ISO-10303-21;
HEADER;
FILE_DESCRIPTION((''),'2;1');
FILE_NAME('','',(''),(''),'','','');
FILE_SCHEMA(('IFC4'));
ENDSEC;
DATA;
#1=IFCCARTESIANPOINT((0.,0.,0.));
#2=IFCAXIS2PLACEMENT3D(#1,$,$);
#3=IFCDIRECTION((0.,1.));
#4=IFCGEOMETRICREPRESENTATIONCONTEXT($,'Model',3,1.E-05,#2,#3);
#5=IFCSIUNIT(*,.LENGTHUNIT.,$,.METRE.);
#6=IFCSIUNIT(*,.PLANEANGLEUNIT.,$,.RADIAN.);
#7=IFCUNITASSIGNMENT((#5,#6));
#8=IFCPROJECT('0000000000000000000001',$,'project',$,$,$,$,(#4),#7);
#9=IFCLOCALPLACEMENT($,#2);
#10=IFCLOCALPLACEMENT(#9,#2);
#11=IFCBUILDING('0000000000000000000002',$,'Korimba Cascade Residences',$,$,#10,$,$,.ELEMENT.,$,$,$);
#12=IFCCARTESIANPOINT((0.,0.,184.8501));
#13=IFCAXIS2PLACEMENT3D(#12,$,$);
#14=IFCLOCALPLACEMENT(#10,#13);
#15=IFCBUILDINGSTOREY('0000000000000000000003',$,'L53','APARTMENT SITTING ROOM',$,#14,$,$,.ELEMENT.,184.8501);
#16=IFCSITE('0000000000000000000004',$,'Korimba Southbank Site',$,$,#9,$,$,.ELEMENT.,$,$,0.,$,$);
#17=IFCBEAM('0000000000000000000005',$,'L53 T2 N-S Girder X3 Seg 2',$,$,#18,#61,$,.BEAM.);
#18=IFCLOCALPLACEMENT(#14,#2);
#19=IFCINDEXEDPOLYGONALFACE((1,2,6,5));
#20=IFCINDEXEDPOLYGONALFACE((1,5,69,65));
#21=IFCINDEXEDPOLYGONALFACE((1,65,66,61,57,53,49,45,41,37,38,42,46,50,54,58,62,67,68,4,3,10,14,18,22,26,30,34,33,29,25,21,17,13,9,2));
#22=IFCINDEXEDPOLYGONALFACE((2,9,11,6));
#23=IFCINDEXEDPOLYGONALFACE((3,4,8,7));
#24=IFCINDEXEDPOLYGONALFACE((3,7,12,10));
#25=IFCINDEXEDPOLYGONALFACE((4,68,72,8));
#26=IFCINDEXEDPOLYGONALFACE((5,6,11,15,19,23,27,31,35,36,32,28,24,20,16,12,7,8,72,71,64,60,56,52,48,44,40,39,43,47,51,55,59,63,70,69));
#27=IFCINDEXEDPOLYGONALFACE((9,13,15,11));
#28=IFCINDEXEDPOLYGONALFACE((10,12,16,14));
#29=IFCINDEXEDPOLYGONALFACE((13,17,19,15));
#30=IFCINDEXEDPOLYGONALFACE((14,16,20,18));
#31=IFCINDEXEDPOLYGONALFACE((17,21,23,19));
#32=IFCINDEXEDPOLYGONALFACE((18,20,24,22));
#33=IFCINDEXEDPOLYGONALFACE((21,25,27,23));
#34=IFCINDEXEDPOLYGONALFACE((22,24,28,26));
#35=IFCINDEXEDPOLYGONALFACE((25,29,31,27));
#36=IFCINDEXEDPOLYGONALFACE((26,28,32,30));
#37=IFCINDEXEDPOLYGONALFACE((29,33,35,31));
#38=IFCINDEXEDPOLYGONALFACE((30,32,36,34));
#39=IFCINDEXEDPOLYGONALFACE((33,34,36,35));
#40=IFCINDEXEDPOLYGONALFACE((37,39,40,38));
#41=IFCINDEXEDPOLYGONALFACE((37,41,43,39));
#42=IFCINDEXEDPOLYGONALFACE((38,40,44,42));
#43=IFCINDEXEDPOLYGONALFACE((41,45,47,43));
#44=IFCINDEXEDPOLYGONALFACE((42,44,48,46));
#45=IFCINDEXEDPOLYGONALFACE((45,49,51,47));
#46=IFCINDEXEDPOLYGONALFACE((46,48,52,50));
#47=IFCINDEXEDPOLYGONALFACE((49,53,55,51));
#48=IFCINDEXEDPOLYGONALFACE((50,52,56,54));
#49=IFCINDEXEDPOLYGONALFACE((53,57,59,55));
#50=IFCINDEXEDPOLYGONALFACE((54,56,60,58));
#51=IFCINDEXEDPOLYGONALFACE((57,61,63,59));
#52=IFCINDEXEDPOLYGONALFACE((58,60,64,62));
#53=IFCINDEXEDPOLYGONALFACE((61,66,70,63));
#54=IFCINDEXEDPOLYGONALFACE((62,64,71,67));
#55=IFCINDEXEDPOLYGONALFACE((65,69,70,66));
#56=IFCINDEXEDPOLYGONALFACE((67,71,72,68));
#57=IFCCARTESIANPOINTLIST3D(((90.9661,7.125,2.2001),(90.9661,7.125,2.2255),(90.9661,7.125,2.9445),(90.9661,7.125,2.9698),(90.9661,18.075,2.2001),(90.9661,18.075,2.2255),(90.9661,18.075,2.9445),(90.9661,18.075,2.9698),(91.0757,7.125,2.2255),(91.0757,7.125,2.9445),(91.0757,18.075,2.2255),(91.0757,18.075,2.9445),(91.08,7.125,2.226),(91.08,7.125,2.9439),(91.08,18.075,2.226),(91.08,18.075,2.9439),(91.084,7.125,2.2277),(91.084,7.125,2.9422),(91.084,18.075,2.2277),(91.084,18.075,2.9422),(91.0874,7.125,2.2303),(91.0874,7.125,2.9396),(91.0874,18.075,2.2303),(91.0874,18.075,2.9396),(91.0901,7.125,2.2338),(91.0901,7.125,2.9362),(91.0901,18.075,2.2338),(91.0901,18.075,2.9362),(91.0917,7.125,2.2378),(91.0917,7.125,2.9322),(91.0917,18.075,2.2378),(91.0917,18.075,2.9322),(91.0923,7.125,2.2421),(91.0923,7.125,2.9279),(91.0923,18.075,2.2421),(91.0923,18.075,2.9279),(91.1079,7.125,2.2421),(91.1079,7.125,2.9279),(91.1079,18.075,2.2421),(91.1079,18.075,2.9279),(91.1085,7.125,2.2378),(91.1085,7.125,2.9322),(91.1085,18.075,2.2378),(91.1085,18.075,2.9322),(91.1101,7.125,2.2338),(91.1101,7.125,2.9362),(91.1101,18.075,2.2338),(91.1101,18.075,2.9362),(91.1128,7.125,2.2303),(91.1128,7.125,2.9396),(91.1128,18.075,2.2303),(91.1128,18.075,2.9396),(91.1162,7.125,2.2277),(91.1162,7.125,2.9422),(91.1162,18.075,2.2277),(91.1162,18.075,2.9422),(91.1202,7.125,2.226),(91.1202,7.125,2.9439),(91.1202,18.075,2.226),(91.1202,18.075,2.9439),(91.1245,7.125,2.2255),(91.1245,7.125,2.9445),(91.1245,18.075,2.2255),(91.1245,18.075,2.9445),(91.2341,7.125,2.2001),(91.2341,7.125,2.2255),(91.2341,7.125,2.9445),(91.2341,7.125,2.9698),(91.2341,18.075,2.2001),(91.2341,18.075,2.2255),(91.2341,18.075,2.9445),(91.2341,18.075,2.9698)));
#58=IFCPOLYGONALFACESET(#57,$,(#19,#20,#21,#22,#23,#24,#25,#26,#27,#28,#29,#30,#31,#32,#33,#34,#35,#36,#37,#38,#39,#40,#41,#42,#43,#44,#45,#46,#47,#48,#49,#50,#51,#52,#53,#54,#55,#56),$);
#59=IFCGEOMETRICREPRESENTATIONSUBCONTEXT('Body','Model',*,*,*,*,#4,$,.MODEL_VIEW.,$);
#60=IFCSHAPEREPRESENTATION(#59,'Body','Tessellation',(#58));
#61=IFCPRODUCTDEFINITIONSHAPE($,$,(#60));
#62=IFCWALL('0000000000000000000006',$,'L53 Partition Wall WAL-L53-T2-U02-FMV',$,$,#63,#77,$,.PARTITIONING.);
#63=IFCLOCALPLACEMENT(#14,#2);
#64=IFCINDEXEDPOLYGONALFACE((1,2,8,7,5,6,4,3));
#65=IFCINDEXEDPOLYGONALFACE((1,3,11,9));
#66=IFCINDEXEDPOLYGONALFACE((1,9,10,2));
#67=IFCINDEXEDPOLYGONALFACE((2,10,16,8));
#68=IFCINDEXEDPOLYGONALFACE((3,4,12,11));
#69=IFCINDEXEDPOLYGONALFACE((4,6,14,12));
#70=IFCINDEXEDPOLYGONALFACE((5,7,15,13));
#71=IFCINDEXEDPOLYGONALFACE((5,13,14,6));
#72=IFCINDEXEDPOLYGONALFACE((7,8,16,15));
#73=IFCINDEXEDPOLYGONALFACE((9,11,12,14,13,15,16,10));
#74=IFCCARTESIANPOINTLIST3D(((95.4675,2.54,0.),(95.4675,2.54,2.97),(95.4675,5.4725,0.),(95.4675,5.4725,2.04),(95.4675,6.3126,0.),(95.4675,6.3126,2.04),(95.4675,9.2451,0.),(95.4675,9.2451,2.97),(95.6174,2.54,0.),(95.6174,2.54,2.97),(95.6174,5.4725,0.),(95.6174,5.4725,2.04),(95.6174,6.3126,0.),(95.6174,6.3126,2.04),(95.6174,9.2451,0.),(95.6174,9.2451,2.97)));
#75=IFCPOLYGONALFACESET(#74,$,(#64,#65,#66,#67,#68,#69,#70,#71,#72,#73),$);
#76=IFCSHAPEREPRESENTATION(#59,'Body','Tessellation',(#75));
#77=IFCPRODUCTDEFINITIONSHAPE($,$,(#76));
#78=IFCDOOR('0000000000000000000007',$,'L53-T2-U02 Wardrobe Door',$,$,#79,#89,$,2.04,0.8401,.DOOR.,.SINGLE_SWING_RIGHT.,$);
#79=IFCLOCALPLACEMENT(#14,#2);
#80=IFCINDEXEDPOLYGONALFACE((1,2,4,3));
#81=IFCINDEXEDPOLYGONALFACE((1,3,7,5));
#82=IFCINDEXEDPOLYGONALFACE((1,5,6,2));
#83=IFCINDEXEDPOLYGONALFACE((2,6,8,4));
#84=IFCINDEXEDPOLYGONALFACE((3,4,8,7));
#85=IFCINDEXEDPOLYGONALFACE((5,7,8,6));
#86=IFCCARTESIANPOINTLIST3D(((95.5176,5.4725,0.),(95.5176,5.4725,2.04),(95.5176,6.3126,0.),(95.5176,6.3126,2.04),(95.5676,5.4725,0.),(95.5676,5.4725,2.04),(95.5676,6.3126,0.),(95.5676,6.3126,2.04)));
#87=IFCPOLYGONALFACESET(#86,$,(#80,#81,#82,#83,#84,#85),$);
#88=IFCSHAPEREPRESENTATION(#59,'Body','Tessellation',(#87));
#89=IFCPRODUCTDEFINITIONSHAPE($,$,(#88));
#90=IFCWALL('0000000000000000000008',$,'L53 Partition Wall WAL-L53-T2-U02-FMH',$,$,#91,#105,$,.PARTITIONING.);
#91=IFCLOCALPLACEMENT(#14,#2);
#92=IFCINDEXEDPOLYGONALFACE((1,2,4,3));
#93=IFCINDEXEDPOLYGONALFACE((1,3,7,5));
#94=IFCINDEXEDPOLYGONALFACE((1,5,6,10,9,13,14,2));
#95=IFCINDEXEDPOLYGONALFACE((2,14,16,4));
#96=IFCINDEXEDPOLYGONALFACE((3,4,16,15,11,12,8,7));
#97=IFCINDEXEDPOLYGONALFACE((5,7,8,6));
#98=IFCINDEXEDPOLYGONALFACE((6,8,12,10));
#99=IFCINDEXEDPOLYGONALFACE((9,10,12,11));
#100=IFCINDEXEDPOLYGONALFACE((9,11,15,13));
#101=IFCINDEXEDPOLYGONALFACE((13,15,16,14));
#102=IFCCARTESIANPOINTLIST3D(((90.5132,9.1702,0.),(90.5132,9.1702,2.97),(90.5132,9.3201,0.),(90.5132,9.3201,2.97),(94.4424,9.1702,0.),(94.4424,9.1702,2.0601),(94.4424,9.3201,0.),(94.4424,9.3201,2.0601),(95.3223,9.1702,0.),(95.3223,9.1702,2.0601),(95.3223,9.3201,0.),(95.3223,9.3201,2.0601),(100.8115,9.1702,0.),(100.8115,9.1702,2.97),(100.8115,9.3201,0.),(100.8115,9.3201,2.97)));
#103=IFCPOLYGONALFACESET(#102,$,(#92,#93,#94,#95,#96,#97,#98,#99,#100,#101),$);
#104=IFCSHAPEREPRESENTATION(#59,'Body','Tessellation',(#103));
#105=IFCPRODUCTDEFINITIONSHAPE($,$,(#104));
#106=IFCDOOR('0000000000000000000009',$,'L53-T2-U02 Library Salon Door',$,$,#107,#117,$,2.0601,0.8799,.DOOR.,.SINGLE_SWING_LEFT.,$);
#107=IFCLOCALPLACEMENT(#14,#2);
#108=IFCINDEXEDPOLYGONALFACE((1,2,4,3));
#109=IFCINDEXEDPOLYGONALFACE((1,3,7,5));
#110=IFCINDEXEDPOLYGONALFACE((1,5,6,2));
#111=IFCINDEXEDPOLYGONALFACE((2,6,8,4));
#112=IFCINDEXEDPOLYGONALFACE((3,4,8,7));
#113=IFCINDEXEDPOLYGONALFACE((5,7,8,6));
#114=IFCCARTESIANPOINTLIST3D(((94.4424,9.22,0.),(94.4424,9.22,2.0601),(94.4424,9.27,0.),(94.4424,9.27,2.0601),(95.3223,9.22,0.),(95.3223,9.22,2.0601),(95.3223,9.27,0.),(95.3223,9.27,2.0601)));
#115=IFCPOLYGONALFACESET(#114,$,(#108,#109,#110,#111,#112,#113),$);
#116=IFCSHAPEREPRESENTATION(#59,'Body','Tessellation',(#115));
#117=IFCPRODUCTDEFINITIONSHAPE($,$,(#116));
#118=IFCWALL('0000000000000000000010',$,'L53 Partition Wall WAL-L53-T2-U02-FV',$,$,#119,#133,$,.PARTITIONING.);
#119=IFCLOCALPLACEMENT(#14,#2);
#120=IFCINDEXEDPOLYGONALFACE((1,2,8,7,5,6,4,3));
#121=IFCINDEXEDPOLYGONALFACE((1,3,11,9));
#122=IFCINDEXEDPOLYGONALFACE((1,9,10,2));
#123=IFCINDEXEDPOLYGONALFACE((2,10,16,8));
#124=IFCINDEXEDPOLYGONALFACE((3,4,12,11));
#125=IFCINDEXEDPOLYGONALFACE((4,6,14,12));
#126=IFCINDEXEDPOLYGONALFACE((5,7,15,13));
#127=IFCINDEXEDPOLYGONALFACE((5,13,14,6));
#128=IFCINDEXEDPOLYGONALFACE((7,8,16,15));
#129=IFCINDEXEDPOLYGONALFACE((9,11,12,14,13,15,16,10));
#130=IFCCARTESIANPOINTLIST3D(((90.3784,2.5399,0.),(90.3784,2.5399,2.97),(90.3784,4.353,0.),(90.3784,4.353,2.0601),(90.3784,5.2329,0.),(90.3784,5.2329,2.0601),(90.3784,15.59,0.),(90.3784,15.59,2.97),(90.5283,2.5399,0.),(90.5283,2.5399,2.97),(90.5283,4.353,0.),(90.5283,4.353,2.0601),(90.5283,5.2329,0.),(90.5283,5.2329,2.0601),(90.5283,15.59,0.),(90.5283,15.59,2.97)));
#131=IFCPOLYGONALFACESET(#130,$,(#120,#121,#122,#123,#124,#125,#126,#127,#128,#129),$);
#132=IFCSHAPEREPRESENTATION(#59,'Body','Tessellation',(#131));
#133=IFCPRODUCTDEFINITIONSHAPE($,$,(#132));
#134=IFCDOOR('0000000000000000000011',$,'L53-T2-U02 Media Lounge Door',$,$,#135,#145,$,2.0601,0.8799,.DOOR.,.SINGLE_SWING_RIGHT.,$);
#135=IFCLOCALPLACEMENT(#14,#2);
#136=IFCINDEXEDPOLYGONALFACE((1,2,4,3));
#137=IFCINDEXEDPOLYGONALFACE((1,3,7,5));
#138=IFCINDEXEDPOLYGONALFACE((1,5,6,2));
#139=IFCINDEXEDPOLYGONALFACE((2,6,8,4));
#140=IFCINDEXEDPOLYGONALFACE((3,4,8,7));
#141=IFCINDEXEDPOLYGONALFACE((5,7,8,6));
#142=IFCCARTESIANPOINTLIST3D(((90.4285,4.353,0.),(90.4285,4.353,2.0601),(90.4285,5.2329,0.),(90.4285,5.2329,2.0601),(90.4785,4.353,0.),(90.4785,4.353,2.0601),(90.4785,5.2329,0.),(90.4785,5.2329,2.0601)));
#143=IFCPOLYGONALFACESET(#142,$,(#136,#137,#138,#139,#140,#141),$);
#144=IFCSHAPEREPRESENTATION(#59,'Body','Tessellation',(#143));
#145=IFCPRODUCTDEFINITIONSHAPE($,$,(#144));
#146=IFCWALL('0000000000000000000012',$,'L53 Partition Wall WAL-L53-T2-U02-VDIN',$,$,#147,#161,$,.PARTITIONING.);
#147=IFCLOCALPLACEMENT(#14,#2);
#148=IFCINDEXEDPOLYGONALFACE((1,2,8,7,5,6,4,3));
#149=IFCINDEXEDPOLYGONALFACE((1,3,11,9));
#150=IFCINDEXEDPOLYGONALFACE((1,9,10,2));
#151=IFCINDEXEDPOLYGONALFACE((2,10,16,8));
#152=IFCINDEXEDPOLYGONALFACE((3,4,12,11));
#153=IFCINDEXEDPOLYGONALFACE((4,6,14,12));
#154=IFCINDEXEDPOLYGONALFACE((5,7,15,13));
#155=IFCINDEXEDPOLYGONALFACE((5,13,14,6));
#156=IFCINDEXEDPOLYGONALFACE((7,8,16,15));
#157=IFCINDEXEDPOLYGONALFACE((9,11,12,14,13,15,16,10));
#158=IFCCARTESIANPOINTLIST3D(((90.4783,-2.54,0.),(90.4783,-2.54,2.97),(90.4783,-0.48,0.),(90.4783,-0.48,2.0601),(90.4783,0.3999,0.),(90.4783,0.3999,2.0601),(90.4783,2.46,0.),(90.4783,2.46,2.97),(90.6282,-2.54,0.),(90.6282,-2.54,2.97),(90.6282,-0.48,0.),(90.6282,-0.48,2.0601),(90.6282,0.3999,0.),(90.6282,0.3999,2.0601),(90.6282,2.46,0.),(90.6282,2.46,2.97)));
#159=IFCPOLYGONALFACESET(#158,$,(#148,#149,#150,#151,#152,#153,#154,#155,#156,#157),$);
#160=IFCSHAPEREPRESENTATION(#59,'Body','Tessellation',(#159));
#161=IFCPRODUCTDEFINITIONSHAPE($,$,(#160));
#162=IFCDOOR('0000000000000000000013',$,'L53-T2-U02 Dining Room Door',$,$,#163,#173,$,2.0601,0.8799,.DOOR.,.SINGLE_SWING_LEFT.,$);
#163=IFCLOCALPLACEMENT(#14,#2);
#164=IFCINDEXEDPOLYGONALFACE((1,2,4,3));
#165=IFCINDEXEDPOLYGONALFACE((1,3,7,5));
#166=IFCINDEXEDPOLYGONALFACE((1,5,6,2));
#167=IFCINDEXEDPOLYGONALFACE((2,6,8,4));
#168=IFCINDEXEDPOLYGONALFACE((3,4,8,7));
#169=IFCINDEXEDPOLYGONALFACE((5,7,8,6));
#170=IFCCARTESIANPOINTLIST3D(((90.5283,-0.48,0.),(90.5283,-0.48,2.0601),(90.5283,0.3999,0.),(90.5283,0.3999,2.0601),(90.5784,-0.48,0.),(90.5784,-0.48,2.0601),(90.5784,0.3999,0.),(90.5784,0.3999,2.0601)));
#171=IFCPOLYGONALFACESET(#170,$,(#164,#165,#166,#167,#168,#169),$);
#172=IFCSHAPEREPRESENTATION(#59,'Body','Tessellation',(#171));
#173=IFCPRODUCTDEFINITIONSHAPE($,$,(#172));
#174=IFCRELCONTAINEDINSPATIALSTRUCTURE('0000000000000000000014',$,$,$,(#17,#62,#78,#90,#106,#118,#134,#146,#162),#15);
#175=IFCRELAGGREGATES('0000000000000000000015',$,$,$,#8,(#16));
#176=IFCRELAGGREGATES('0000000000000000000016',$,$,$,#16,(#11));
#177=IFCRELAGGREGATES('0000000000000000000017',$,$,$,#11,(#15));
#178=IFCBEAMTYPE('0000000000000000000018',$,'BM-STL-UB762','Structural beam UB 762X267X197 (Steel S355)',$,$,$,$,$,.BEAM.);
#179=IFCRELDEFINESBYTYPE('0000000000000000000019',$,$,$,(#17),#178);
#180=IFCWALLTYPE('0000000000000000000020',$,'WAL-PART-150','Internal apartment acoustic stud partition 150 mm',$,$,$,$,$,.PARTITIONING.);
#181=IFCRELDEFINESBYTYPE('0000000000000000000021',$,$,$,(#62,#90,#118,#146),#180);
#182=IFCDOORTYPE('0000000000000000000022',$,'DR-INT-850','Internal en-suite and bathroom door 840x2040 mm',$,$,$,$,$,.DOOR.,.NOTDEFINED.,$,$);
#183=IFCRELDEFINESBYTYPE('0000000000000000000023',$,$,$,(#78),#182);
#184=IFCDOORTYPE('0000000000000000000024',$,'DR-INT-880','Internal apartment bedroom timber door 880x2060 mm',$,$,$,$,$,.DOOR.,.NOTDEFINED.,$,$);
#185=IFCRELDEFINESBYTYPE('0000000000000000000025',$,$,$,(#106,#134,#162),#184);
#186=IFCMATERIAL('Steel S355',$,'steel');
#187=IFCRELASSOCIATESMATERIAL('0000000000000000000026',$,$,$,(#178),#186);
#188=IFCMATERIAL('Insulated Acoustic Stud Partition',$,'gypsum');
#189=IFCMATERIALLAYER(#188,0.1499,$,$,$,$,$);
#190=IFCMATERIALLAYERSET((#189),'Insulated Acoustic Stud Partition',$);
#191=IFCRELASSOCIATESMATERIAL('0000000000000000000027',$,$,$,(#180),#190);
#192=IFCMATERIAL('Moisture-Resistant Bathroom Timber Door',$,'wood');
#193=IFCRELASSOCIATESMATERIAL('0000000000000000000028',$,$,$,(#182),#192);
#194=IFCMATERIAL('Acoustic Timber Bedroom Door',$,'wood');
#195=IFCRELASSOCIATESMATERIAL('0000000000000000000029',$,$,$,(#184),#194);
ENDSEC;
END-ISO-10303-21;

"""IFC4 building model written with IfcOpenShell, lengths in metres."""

from ifc_helpers import new_model, si_unit, direction, frame, frame_2d, origin, origin_2d, place, context, subcontext, project, spatial, rectangle, i_section, extrude, material, layer, layer_set, material_profile, profile_set, type_object, element, fill, save


model = new_model("IFC4")

# Units and contexts
model_context = context("Model", 3, precision=1e-05, world=origin(), true_north=direction((0.0, 1.0)))
body_context = subcontext(model_context, "Body", "Model", "MODEL_VIEW")
ifc_project = project(units=[si_unit("LENGTHUNIT", "METRE"), si_unit("PLANEANGLEUNIT", "RADIAN")], contexts=[model_context])

# Site, building, storey
site_placement = place(None, origin())
site = spatial("IfcSite", under=ifc_project, at=site_placement, Name="Korimba Southbank Site", CompositionType="ELEMENT", RefElevation=0.0)
building_placement = place(site_placement, origin())
building = spatial("IfcBuilding", under=site, at=building_placement, Name="Korimba Cascade Residences", CompositionType="ELEMENT")
storey_placement = place(building_placement, frame((0.0, 0.0, 184.8501)))
storey = spatial("IfcBuildingStorey", under=building, at=storey_placement, Name="L53", Description="APARTMENT SITTING ROOM", CompositionType="ELEMENT", Elevation=184.8501)

# Beam
ifc_material_1 = material(Name="Steel S355", Category="steel")
ifc_material_profile_1 = material_profile(ifc_material_1, i_section(OverallWidth=0.2681, OverallDepth=0.7698, WebThickness=0.0156, FlangeThickness=0.0254, FilletRadius=0.0166, at=origin_2d()), Name="Steel S355")
ifc_profile_set_1 = profile_set([ifc_material_profile_1], Name="Steel S355")
beam_type_1 = type_object("IfcBeamType", Name="BM-STL-UB762", Description="Structural beam UB 762X267X197 (Steel S355)", PredefinedType="BEAM", material=ifc_profile_set_1)
for number, where, z_axis, x_axis, name in (
    (1, (91.1001, 7.125, 2.585), (0.0, 1.0, 0.0), (-1.0, 0.0, 0.0), "L53 T2 N-S Girder X3 Seg 2"),
):
    element("IfcBeam", number, at=place(storey_placement, frame(where, z_axis=z_axis, x_axis=x_axis)), inside=storey, type_object=beam_type_1, Name=name, PredefinedType="BEAM", context=body_context, shape_type="SweptSolid", body=[
        extrude(i_section(OverallWidth=0.2681, OverallDepth=0.7698, WebThickness=0.0156, FlangeThickness=0.0254, FilletRadius=0.0166, at=origin_2d()), origin(), (0.0, 0.0, 1.0), 10.95),
    ])

# Walls, openings, doors
ifc_material_2 = material(Name="Insulated Acoustic Stud Partition", Category="gypsum")
ifc_layer = layer(ifc_material_2, 0.1499)
ifc_layer_set = layer_set([ifc_layer], Name="Insulated Acoustic Stud Partition")
wall_type = type_object("IfcWallType", Name="WAL-PART-150", Description="Internal apartment acoustic stud partition 150 mm", PredefinedType="PARTITIONING", material=ifc_layer_set)
wall_1_placement = place(storey_placement, frame((95.5425, 2.54, 0.0), z_axis=(0.0, 0.0, 1.0), x_axis=(0.0, 1.0, 0.0)))
wall_1 = element("IfcWall", 2, at=wall_1_placement, inside=storey, type_object=wall_type, Name="L53 Partition Wall WAL-L53-T2-U02-FMV", PredefinedType="PARTITIONING", context=body_context, shape_type="SweptSolid", body=[
    extrude(rectangle(XDim=6.7051, YDim=0.1499, at=frame_2d((3.3525, 0.0))), origin(), (0.0, 0.0, 1.0), 2.97),
])
opening_1_placement = place(wall_1_placement, frame((2.9326, 0.0, 0.0)))
opening_1 = element("IfcOpeningElement", 3, at=opening_1_placement, cuts=wall_1, PredefinedType="OPENING", context=body_context, shape_type="SweptSolid", body=[
    extrude(rectangle(XDim=0.8401, YDim=2.04, at=frame_2d((0.4199, 1.02))), frame((0.0, 0.085, 0.0), z_axis=(0.0, -1.0, 0.0), x_axis=(1.0, 0.0, 0.0)), (0.0, 0.0, 1.0), 0.1699),
])
ifc_material_3 = material(Name="Moisture-Resistant Bathroom Timber Door", Category="wood")
door_type_1 = type_object("IfcDoorType", Name="DR-INT-850", Description="Internal en-suite and bathroom door 840x2040 mm", OperationType="NOTDEFINED", PredefinedType="DOOR", material=ifc_material_3)
door_1_placement = place(opening_1_placement, origin())
door_1 = element("IfcDoor", 4, at=door_1_placement, inside=storey, type_object=door_type_1, Name="L53-T2-U02 Wardrobe Door", OperationType="SINGLE_SWING_RIGHT", OverallHeight=2.04, OverallWidth=0.8401, PredefinedType="DOOR", context=body_context, shape_type="SweptSolid", body=[
    extrude(rectangle(XDim=0.8401, YDim=2.04, at=frame_2d((0.4199, 1.02))), frame((0.0, 0.0249, 0.0), z_axis=(0.0, -1.0, 0.0), x_axis=(1.0, 0.0, 0.0)), (0.0, 0.0, 1.0), 0.05),
])
fill(opening_1, door_1)
wall_2_placement = place(storey_placement, frame((90.5132, 9.2451, 0.0), z_axis=(0.0, 0.0, 1.0), x_axis=(1.0, 0.0, 0.0)))
wall_2 = element("IfcWall", 5, at=wall_2_placement, inside=storey, type_object=wall_type, Name="L53 Partition Wall WAL-L53-T2-U02-FMH", PredefinedType="PARTITIONING", context=body_context, shape_type="SweptSolid", body=[
    extrude(rectangle(XDim=10.2983, YDim=0.1499, at=frame_2d((5.1492, 0.0))), origin(), (0.0, 0.0, 1.0), 2.97),
])
opening_2_placement = place(wall_2_placement, frame((3.9292, 0.0, 0.0)))
opening_2 = element("IfcOpeningElement", 6, at=opening_2_placement, cuts=wall_2, PredefinedType="OPENING", context=body_context, shape_type="SweptSolid", body=[
    extrude(rectangle(XDim=0.8799, YDim=2.0601, at=frame_2d((0.4399, 1.03))), frame((0.0, 0.085, 0.0), z_axis=(0.0, -1.0, 0.0), x_axis=(1.0, 0.0, 0.0)), (0.0, 0.0, 1.0), 0.1699),
])
ifc_material_4 = material(Name="Acoustic Timber Bedroom Door", Category="wood")
door_type_2 = type_object("IfcDoorType", Name="DR-INT-880", Description="Internal apartment bedroom timber door 880x2060 mm", OperationType="NOTDEFINED", PredefinedType="DOOR", material=ifc_material_4)
door_2_placement = place(opening_2_placement, origin())
door_2 = element("IfcDoor", 7, at=door_2_placement, inside=storey, type_object=door_type_2, Name="L53-T2-U02 Library Salon Door", OperationType="SINGLE_SWING_LEFT", OverallHeight=2.0601, OverallWidth=0.8799, PredefinedType="DOOR", context=body_context, shape_type="SweptSolid", body=[
    extrude(rectangle(XDim=0.8799, YDim=2.0601, at=frame_2d((0.4399, 1.03))), frame((0.0, 0.0249, 0.0), z_axis=(0.0, -1.0, 0.0), x_axis=(1.0, 0.0, 0.0)), (0.0, 0.0, 1.0), 0.05),
])
fill(opening_2, door_2)
wall_3_placement = place(storey_placement, frame((90.4534, 2.54, 0.0), z_axis=(0.0, 0.0, 1.0), x_axis=(0.0, 1.0, 0.0)))
wall_3 = element("IfcWall", 8, at=wall_3_placement, inside=storey, type_object=wall_type, Name="L53 Partition Wall WAL-L53-T2-U02-FV", PredefinedType="PARTITIONING", context=body_context, shape_type="SweptSolid", body=[
    extrude(rectangle(XDim=13.05, YDim=0.1499, at=frame_2d((6.5249, 0.0))), origin(), (0.0, 0.0, 1.0), 2.97),
])
opening_3_placement = place(wall_3_placement, frame((1.813, 0.0, 0.0)))
opening_3 = element("IfcOpeningElement", 9, at=opening_3_placement, cuts=wall_3, PredefinedType="OPENING", context=body_context, shape_type="SweptSolid", body=[
    extrude(rectangle(XDim=0.8799, YDim=2.0601, at=frame_2d((0.4399, 1.03))), frame((0.0, 0.085, 0.0), z_axis=(0.0, -1.0, 0.0), x_axis=(1.0, 0.0, 0.0)), (0.0, 0.0, 1.0), 0.1699),
])
door_3_placement = place(opening_3_placement, origin())
door_3 = element("IfcDoor", 10, at=door_3_placement, inside=storey, type_object=door_type_2, Name="L53-T2-U02 Media Lounge Door", OperationType="SINGLE_SWING_RIGHT", OverallHeight=2.0601, OverallWidth=0.8799, PredefinedType="DOOR", context=body_context, shape_type="SweptSolid", body=[
    extrude(rectangle(XDim=0.8799, YDim=2.0601, at=frame_2d((0.4399, 1.03))), frame((0.0, 0.0249, 0.0), z_axis=(0.0, -1.0, 0.0), x_axis=(1.0, 0.0, 0.0)), (0.0, 0.0, 1.0), 0.05),
])
fill(opening_3, door_3)
wall_4_placement = place(storey_placement, frame((90.5532, -2.54, 0.0), z_axis=(0.0, 0.0, 1.0), x_axis=(0.0, 1.0, 0.0)))
wall_4 = element("IfcWall", 11, at=wall_4_placement, inside=storey, type_object=wall_type, Name="L53 Partition Wall WAL-L53-T2-U02-VDIN", PredefinedType="PARTITIONING", context=body_context, shape_type="SweptSolid", body=[
    extrude(rectangle(XDim=5.0, YDim=0.1499, at=frame_2d((2.5, 0.0))), origin(), (0.0, 0.0, 1.0), 2.97),
])
opening_4_placement = place(wall_4_placement, frame((2.0601, 0.0, 0.0)))
opening_4 = element("IfcOpeningElement", 12, at=opening_4_placement, cuts=wall_4, PredefinedType="OPENING", context=body_context, shape_type="SweptSolid", body=[
    extrude(rectangle(XDim=0.8799, YDim=2.0601, at=frame_2d((0.4399, 1.03))), frame((0.0, 0.085, 0.0), z_axis=(0.0, -1.0, 0.0), x_axis=(1.0, 0.0, 0.0)), (0.0, 0.0, 1.0), 0.1699),
])
door_4_placement = place(opening_4_placement, origin())
door_4 = element("IfcDoor", 13, at=door_4_placement, inside=storey, type_object=door_type_2, Name="L53-T2-U02 Dining Room Door", OperationType="SINGLE_SWING_LEFT", OverallHeight=2.0601, OverallWidth=0.8799, PredefinedType="DOOR", context=body_context, shape_type="SweptSolid", body=[
    extrude(rectangle(XDim=0.8799, YDim=2.0601, at=frame_2d((0.4399, 1.03))), frame((0.0, 0.0249, 0.0), z_axis=(0.0, -1.0, 0.0), x_axis=(1.0, 0.0, 0.0)), (0.0, 0.0, 1.0), 0.05),
])
fill(opening_4, door_4)

save(model, "model.ifc")
